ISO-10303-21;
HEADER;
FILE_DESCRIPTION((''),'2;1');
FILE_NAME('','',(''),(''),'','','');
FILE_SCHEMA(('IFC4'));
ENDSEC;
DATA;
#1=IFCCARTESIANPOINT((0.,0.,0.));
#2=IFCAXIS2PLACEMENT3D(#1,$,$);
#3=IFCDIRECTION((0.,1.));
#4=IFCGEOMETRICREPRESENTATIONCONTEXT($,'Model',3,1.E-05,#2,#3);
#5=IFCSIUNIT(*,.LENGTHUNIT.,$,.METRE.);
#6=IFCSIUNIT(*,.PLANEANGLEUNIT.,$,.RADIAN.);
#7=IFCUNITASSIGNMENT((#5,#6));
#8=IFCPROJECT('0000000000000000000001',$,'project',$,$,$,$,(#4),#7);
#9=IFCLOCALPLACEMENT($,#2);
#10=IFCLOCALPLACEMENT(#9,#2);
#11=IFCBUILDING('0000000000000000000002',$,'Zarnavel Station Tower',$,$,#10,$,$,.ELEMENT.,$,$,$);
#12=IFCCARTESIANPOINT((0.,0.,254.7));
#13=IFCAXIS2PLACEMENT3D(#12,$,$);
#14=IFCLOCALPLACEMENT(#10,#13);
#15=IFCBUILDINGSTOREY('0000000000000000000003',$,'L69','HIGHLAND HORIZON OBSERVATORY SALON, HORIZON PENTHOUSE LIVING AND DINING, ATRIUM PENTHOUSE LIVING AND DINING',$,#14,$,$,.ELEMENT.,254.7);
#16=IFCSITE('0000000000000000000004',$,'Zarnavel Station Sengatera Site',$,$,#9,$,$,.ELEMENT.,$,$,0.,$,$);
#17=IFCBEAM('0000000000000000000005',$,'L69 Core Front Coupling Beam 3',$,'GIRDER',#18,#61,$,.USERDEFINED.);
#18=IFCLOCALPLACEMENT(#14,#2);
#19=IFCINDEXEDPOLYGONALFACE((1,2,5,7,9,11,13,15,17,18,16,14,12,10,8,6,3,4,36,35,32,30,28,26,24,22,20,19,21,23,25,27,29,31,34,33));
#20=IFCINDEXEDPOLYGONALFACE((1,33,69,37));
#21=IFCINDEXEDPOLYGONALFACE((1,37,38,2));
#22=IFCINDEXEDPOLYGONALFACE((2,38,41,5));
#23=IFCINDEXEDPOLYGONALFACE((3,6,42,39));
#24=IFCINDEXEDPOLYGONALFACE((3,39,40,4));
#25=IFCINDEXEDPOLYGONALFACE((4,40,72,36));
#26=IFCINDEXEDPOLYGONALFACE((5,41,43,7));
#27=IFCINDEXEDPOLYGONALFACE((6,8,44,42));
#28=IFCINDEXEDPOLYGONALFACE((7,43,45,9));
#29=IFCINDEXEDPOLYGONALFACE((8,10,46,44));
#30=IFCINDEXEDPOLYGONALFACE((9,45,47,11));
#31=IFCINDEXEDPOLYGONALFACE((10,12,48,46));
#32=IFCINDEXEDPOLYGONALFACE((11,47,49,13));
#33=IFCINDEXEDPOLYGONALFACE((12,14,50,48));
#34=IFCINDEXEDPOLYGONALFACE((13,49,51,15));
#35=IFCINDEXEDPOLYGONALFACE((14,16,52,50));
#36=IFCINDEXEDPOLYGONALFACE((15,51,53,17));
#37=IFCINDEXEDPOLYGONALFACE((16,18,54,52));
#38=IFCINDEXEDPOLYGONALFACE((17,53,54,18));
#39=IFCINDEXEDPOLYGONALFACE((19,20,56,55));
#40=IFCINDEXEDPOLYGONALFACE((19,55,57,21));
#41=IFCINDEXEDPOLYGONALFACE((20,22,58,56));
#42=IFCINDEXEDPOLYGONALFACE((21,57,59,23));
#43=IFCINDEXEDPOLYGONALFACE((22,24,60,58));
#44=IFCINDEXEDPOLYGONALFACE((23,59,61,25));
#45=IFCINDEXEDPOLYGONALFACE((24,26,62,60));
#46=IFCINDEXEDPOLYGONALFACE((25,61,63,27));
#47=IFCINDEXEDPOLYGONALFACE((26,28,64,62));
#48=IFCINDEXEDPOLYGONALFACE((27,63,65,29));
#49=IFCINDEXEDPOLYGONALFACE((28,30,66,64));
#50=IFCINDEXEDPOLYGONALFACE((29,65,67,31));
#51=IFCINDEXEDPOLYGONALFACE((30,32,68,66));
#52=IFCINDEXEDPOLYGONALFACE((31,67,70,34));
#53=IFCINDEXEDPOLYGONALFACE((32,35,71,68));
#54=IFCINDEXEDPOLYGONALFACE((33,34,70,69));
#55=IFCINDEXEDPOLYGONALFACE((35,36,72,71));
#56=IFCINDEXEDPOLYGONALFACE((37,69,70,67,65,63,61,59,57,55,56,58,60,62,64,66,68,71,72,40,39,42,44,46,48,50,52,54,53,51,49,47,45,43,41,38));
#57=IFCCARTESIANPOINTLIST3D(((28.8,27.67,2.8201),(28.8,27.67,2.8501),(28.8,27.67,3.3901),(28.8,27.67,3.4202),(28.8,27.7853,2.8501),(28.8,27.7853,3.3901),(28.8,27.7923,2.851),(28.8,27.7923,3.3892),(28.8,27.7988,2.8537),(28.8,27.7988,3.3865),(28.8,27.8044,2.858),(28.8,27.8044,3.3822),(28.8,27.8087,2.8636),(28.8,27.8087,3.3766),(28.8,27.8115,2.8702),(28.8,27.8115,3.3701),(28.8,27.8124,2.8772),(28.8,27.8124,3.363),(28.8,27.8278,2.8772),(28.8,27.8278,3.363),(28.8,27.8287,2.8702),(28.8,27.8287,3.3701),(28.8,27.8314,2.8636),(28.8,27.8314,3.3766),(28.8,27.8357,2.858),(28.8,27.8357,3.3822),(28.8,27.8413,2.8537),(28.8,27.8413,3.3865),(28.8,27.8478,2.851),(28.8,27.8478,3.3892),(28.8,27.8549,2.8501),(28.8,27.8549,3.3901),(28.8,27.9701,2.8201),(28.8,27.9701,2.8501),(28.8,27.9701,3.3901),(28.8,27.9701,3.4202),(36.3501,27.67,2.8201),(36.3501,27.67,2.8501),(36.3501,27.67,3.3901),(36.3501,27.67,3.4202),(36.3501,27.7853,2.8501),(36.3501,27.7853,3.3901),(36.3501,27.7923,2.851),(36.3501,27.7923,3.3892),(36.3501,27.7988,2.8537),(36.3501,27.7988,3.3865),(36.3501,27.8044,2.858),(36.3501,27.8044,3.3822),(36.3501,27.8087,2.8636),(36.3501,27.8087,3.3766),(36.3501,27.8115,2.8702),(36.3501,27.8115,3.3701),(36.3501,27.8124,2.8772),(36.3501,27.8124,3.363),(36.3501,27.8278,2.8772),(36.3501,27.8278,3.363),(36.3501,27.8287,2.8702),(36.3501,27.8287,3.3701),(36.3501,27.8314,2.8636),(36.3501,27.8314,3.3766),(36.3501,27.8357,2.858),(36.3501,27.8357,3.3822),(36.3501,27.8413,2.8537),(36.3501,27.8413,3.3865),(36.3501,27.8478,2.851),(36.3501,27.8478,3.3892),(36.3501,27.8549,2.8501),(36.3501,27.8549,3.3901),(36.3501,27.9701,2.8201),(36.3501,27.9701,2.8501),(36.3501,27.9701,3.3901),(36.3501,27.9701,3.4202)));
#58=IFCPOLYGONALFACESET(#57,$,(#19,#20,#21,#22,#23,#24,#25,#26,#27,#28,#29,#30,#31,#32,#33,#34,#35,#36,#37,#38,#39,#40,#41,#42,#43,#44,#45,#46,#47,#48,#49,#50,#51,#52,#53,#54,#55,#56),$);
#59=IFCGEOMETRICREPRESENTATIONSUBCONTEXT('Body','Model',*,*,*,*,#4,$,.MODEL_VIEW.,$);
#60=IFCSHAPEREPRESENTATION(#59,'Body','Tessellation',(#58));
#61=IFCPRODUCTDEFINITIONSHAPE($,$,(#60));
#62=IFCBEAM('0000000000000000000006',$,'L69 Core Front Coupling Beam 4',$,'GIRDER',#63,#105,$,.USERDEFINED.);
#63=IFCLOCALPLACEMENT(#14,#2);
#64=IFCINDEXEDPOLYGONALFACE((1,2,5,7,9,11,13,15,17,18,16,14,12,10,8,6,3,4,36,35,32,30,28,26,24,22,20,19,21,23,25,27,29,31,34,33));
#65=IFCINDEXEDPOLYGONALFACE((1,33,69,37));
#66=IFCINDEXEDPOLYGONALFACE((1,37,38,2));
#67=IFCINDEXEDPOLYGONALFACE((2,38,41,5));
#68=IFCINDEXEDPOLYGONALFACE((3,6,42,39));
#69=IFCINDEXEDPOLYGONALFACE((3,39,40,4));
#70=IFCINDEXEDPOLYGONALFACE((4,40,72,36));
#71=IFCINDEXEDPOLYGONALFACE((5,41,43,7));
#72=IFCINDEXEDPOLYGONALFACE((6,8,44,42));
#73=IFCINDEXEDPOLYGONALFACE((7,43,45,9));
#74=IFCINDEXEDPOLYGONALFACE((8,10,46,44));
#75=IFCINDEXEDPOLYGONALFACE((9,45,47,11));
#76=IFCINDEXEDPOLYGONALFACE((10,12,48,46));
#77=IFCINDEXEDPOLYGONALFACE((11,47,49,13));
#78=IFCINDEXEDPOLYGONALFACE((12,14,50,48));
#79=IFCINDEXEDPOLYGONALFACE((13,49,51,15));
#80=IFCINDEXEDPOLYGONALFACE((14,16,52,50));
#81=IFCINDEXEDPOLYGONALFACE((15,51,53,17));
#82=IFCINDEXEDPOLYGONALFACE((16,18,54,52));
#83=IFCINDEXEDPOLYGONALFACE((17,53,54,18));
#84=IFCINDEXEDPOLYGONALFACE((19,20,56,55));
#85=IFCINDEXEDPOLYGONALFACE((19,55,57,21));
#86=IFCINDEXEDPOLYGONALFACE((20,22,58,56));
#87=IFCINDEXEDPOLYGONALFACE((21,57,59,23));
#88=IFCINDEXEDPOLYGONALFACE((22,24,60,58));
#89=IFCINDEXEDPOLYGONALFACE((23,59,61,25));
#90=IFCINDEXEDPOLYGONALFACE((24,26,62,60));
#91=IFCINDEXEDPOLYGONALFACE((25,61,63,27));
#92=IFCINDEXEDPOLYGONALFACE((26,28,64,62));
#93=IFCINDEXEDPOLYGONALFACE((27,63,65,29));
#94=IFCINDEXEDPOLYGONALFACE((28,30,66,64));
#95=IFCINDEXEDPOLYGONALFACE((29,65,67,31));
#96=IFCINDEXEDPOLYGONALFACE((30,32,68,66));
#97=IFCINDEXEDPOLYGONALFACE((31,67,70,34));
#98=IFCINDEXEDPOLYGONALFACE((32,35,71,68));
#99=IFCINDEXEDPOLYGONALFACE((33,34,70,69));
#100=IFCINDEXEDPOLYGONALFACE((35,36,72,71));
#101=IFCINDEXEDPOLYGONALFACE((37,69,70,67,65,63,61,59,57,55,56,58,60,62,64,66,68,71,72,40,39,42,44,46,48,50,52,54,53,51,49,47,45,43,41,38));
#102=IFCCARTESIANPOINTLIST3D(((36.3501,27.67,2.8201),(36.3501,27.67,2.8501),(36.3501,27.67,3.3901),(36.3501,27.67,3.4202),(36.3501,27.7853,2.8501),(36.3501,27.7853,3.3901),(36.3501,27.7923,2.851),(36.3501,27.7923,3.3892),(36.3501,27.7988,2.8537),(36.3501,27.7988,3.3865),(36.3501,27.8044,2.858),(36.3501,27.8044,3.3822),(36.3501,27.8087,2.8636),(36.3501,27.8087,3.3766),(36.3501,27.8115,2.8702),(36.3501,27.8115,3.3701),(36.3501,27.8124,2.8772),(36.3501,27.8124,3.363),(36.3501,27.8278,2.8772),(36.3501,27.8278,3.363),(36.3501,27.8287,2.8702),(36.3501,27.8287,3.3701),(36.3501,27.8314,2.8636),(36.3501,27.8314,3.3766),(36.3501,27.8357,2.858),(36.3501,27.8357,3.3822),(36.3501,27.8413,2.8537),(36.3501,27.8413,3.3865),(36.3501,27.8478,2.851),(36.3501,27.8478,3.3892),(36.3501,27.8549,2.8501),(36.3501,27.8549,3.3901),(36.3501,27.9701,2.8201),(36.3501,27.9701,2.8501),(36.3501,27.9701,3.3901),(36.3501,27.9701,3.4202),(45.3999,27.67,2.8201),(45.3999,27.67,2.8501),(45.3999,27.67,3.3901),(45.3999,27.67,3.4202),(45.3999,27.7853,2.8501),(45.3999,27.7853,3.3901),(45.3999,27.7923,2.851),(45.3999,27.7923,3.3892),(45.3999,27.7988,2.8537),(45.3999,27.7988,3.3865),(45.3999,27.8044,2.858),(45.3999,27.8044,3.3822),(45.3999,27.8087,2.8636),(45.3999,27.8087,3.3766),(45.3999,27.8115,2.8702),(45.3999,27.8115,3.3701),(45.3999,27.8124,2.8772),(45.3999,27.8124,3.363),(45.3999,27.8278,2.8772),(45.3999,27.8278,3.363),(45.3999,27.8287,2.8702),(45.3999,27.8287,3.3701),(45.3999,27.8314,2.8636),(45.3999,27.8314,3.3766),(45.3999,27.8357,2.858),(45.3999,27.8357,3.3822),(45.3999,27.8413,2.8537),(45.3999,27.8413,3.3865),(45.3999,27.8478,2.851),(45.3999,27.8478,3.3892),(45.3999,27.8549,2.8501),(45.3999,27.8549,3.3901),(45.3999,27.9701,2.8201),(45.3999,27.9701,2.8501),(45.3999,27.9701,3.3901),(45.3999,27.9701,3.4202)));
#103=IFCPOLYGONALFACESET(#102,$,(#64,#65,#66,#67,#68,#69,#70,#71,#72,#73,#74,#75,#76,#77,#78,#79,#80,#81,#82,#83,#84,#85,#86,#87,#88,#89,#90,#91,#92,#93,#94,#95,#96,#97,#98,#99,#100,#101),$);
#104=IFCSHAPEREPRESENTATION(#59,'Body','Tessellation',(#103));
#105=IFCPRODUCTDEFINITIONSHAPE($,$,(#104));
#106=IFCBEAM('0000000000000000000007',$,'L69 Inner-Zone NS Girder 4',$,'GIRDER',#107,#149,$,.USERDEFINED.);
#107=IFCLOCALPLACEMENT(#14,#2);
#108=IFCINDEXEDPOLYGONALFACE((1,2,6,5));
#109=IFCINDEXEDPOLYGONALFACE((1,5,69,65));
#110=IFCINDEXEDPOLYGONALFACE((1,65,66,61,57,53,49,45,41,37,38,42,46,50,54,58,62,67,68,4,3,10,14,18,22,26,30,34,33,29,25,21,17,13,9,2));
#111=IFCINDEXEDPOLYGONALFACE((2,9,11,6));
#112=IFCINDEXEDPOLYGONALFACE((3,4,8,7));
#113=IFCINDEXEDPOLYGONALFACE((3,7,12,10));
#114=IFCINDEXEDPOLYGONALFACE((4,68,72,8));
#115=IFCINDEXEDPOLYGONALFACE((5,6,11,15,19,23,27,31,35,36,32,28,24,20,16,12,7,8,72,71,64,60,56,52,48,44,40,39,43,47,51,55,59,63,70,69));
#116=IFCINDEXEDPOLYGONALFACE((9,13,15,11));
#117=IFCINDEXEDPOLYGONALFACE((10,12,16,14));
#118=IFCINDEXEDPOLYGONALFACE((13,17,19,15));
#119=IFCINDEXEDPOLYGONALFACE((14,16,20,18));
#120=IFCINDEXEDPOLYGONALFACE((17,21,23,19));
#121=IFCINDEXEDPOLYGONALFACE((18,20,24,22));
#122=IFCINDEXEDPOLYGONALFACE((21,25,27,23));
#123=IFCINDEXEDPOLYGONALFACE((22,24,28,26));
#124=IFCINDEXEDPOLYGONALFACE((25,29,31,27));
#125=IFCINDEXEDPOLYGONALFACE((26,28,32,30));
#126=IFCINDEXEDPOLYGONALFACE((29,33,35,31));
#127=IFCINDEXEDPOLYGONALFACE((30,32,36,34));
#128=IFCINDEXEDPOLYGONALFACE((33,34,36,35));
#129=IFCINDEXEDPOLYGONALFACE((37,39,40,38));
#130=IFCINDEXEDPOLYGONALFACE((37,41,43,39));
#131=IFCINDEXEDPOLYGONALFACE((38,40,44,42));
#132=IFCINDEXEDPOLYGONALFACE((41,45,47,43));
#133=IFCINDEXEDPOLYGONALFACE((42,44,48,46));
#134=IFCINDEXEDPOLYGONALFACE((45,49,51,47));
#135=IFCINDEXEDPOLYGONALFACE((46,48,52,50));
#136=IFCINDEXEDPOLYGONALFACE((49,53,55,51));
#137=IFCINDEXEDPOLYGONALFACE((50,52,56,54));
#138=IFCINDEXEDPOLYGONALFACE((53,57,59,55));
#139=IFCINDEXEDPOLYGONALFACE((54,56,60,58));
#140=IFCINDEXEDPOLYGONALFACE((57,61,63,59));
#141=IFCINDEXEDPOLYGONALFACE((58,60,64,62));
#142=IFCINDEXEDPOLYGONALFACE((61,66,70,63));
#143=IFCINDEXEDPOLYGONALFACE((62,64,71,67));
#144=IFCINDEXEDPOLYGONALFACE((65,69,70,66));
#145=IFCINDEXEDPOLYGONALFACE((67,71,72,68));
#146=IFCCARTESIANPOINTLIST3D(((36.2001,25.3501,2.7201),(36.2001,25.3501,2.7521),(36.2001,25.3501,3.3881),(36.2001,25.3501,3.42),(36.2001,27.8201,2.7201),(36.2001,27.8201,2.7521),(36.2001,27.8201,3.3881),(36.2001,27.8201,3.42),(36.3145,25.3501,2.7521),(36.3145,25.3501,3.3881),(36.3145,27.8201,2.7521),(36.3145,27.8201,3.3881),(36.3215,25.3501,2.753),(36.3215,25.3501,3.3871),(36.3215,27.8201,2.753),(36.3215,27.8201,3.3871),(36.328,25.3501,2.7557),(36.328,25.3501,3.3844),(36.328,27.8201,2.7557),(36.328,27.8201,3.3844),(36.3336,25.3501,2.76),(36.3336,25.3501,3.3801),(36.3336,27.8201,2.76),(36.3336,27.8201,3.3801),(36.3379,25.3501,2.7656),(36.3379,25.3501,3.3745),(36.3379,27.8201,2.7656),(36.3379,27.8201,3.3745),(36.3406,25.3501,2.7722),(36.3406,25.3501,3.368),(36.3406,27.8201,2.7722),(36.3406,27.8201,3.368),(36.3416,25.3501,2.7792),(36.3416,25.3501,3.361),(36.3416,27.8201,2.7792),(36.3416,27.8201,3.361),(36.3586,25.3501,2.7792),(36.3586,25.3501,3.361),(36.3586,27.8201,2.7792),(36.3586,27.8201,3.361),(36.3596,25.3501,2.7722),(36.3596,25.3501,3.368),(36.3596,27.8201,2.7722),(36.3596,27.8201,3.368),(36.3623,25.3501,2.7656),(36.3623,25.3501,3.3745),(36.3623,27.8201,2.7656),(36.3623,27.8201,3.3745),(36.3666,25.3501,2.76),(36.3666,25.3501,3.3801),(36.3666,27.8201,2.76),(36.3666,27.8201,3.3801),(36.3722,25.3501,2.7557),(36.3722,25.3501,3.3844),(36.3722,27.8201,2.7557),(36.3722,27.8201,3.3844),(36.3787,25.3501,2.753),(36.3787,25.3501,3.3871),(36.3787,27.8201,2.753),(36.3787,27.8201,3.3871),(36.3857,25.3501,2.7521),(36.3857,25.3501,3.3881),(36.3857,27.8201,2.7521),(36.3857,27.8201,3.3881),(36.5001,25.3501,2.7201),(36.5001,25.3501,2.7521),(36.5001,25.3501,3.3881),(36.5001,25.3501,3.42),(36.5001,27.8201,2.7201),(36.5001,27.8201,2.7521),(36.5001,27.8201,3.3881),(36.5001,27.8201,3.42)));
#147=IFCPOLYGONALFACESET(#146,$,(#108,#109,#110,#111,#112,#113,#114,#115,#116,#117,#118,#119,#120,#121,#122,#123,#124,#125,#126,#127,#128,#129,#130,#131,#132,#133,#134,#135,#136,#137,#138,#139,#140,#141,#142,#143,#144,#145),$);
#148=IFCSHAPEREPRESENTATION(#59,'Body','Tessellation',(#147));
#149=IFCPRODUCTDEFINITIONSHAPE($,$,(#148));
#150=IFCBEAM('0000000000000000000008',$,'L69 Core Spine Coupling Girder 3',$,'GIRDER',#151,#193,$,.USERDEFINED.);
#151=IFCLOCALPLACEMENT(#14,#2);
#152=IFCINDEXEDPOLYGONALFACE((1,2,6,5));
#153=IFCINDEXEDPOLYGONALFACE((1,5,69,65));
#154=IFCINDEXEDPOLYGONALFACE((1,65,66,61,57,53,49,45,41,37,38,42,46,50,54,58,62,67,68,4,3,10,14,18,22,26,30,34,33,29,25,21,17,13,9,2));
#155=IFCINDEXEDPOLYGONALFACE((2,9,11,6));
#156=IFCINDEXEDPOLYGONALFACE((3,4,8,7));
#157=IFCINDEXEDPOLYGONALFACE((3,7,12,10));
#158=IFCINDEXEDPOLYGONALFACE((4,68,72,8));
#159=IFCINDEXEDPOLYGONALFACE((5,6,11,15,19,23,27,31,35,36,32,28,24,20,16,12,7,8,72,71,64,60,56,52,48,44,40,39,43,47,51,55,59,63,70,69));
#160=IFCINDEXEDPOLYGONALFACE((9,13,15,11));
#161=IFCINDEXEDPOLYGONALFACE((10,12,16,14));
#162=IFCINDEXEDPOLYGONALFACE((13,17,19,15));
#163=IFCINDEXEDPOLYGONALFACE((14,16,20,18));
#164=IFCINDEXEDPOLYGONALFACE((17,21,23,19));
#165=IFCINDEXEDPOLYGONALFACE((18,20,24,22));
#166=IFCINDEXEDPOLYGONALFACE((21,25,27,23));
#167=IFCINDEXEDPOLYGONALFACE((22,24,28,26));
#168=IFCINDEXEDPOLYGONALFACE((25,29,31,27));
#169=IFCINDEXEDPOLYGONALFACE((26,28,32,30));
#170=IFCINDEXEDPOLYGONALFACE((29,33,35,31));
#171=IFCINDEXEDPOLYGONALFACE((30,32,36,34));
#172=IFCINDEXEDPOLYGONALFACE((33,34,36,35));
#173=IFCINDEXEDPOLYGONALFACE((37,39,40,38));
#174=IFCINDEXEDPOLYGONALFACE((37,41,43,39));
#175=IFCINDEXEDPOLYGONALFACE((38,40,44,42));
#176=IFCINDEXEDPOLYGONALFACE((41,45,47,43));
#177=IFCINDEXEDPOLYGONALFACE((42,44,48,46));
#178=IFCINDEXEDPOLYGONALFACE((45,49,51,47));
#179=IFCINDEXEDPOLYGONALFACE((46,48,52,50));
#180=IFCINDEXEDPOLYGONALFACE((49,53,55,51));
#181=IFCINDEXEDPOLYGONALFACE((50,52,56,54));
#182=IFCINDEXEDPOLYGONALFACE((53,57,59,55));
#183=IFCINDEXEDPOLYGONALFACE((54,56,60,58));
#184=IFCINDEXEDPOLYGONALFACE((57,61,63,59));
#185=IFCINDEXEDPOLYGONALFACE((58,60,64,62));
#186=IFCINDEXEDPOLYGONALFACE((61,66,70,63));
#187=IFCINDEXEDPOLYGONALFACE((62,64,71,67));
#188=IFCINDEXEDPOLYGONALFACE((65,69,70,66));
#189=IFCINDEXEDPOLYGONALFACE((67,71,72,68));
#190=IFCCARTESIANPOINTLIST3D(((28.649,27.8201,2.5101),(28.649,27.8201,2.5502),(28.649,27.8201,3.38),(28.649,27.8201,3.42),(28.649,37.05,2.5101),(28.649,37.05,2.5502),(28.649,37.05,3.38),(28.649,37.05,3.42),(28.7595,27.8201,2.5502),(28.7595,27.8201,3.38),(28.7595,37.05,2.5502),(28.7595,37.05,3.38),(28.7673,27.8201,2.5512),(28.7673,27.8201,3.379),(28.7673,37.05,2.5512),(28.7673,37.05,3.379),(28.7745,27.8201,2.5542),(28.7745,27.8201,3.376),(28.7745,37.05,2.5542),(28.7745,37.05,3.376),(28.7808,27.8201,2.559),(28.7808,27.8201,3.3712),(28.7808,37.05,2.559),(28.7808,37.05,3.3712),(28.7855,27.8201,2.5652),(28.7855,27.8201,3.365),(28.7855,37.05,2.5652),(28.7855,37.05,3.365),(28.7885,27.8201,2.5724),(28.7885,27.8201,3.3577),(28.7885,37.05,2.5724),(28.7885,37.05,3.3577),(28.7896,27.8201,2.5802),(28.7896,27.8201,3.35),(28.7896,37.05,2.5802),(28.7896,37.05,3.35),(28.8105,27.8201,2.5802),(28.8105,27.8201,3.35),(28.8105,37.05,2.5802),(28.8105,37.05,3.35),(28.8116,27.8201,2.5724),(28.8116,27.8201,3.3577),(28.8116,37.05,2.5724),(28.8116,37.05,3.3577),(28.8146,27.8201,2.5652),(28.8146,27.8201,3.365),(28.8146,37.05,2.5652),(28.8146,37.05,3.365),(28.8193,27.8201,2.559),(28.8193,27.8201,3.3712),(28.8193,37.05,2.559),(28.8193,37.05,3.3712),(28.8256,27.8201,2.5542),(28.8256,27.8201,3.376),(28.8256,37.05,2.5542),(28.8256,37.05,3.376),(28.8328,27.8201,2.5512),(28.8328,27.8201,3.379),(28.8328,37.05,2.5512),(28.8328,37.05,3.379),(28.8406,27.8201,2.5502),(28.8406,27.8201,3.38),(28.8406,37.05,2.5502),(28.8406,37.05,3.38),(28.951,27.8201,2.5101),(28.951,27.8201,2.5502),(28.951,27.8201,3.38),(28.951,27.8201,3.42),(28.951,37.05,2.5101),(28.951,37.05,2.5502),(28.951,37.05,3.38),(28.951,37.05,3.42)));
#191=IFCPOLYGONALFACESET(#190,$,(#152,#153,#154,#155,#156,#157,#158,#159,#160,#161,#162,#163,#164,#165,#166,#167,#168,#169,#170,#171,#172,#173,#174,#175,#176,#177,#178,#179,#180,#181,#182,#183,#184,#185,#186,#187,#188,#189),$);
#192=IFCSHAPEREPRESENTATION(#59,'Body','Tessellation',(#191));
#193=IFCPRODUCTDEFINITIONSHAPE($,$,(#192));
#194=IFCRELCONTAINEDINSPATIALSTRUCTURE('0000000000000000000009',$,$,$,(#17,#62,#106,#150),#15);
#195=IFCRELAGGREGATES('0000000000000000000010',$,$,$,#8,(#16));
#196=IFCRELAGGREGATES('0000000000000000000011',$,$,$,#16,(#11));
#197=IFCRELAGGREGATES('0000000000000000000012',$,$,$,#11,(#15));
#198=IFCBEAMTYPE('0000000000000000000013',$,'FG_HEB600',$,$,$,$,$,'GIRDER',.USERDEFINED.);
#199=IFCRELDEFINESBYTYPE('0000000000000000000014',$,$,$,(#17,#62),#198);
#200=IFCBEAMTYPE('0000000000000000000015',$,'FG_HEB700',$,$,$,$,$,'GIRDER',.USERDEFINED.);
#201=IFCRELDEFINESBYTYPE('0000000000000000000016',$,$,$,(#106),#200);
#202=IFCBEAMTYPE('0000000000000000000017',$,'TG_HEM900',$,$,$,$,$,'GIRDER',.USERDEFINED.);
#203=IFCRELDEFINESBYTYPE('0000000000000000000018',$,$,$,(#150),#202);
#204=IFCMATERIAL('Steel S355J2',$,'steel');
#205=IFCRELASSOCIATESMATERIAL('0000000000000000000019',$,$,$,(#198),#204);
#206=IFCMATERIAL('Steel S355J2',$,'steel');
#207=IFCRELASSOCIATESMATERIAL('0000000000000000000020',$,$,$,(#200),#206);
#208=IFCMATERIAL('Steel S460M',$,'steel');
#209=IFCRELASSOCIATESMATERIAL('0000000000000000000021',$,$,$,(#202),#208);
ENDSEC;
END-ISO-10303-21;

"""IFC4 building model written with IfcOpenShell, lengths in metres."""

from ifc_helpers import new_model, si_unit, direction, frame, origin, origin_2d, place, context, subcontext, project, spatial, i_section, extrude, material, material_profile, profile_set, type_object, element, save


model = new_model("IFC4")

# Units and contexts
model_context = context("Model", 3, precision=1e-05, world=origin(), true_north=direction((0.0, 1.0)))
body_context = subcontext(model_context, "Body", "Model", "MODEL_VIEW")
ifc_project = project(units=[si_unit("LENGTHUNIT", "METRE"), si_unit("PLANEANGLEUNIT", "RADIAN")], contexts=[model_context])

# Site, building, storey
site_placement = place(None, origin())
site = spatial("IfcSite", under=ifc_project, at=site_placement, Name="Zarnavel Station Sengatera Site", CompositionType="ELEMENT", RefElevation=0.0)
building_placement = place(site_placement, origin())
building = spatial("IfcBuilding", under=site, at=building_placement, Name="Zarnavel Station Tower", CompositionType="ELEMENT")
storey_placement = place(building_placement, frame((0.0, 0.0, 254.7)))
storey = spatial("IfcBuildingStorey", under=building, at=storey_placement, Name="L69", Description="HIGHLAND HORIZON OBSERVATORY SALON, HORIZON PENTHOUSE LIVING AND DINING, ATRIUM PENTHOUSE LIVING AND DINING", CompositionType="ELEMENT", Elevation=254.7)

# Beams
ifc_material_1 = material(Name="Steel S355J2", Category="steel")
ifc_material_profile_1 = material_profile(ifc_material_1, i_section(OverallWidth=0.3, OverallDepth=0.6001, WebThickness=0.0154, FlangeThickness=0.03, FilletRadius=0.0271, at=origin_2d()), Name="HEB600")
ifc_profile_set_1 = profile_set([ifc_material_profile_1], Name="Steel S355J2")
beam_type_1 = type_object("IfcBeamType", Name="FG_HEB600", ElementType="GIRDER", PredefinedType="USERDEFINED", material=ifc_profile_set_1)
beam_1_placement = place(storey_placement, frame((28.8, 27.8201, 3.1201), z_axis=(1.0, 0.0, 0.0), x_axis=(0.0, 1.0, 0.0)))
element("IfcBeam", 1, at=beam_1_placement, inside=storey, type_object=beam_type_1, Name="L69 Core Front Coupling Beam 3", ObjectType="GIRDER", PredefinedType="USERDEFINED", context=body_context, shape_type="SweptSolid", body=[
    extrude(i_section(OverallWidth=0.3, OverallDepth=0.6001, WebThickness=0.0154, FlangeThickness=0.03, FilletRadius=0.0271, at=origin_2d()), origin(), (0.0, 0.0, 1.0), 7.55),
])
beam_2_placement = place(storey_placement, frame((36.3501, 27.8201, 3.1201), z_axis=(1.0, 0.0, 0.0), x_axis=(0.0, 1.0, 0.0)))
element("IfcBeam", 2, at=beam_2_placement, inside=storey, type_object=beam_type_1, Name="L69 Core Front Coupling Beam 4", ObjectType="GIRDER", PredefinedType="USERDEFINED", context=body_context, shape_type="SweptSolid", body=[
    extrude(i_section(OverallWidth=0.3, OverallDepth=0.6001, WebThickness=0.0154, FlangeThickness=0.03, FilletRadius=0.0271, at=origin_2d()), origin(), (0.0, 0.0, 1.0), 9.0498),
])
ifc_material_2 = material(Name="Steel S355J2", Category="steel")
ifc_material_profile_2 = material_profile(ifc_material_2, i_section(OverallWidth=0.3, OverallDepth=0.7, WebThickness=0.0171, FlangeThickness=0.032, FilletRadius=0.0271, at=origin_2d()), Name="HEB700")
ifc_profile_set_2 = profile_set([ifc_material_profile_2], Name="Steel S355J2")
beam_type_2 = type_object("IfcBeamType", Name="FG_HEB700", ElementType="GIRDER", PredefinedType="USERDEFINED", material=ifc_profile_set_2)
beam_3_placement = place(storey_placement, frame((36.3501, 25.3501, 3.0701), z_axis=(0.0, 1.0, 0.0), x_axis=(-1.0, 0.0, 0.0)))
element("IfcBeam", 3, at=beam_3_placement, inside=storey, type_object=beam_type_2, Name="L69 Inner-Zone NS Girder 4", ObjectType="GIRDER", PredefinedType="USERDEFINED", context=body_context, shape_type="SweptSolid", body=[
    extrude(i_section(OverallWidth=0.3, OverallDepth=0.7, WebThickness=0.0171, FlangeThickness=0.032, FilletRadius=0.0271, at=origin_2d()), origin(), (0.0, 0.0, 1.0), 2.47),
])
ifc_material_3 = material(Name="Steel S460M", Category="steel")
ifc_material_profile_3 = material_profile(ifc_material_3, i_section(OverallWidth=0.302, OverallDepth=0.9099, WebThickness=0.021, FlangeThickness=0.04, FilletRadius=0.03, at=origin_2d()), Name="HEM900")
ifc_profile_set_3 = profile_set([ifc_material_profile_3], Name="Steel S460M")
beam_type_3 = type_object("IfcBeamType", Name="TG_HEM900", ElementType="GIRDER", PredefinedType="USERDEFINED", material=ifc_profile_set_3)
for number, where, z_axis, x_axis, name in (
    (4, (28.8, 27.8201, 2.9651), (0.0, 1.0, 0.0), (-1.0, 0.0, 0.0), "L69 Core Spine Coupling Girder 3"),
):
    element("IfcBeam", number, at=place(storey_placement, frame(where, z_axis=z_axis, x_axis=x_axis)), inside=storey, type_object=beam_type_3, Name=name, ObjectType="GIRDER", PredefinedType="USERDEFINED", context=body_context, shape_type="SweptSolid", body=[
        extrude(i_section(OverallWidth=0.302, OverallDepth=0.9099, WebThickness=0.021, FlangeThickness=0.04, FilletRadius=0.03, at=origin_2d()), origin(), (0.0, 0.0, 1.0), 9.23),
    ])

save(model, "model.ifc")
